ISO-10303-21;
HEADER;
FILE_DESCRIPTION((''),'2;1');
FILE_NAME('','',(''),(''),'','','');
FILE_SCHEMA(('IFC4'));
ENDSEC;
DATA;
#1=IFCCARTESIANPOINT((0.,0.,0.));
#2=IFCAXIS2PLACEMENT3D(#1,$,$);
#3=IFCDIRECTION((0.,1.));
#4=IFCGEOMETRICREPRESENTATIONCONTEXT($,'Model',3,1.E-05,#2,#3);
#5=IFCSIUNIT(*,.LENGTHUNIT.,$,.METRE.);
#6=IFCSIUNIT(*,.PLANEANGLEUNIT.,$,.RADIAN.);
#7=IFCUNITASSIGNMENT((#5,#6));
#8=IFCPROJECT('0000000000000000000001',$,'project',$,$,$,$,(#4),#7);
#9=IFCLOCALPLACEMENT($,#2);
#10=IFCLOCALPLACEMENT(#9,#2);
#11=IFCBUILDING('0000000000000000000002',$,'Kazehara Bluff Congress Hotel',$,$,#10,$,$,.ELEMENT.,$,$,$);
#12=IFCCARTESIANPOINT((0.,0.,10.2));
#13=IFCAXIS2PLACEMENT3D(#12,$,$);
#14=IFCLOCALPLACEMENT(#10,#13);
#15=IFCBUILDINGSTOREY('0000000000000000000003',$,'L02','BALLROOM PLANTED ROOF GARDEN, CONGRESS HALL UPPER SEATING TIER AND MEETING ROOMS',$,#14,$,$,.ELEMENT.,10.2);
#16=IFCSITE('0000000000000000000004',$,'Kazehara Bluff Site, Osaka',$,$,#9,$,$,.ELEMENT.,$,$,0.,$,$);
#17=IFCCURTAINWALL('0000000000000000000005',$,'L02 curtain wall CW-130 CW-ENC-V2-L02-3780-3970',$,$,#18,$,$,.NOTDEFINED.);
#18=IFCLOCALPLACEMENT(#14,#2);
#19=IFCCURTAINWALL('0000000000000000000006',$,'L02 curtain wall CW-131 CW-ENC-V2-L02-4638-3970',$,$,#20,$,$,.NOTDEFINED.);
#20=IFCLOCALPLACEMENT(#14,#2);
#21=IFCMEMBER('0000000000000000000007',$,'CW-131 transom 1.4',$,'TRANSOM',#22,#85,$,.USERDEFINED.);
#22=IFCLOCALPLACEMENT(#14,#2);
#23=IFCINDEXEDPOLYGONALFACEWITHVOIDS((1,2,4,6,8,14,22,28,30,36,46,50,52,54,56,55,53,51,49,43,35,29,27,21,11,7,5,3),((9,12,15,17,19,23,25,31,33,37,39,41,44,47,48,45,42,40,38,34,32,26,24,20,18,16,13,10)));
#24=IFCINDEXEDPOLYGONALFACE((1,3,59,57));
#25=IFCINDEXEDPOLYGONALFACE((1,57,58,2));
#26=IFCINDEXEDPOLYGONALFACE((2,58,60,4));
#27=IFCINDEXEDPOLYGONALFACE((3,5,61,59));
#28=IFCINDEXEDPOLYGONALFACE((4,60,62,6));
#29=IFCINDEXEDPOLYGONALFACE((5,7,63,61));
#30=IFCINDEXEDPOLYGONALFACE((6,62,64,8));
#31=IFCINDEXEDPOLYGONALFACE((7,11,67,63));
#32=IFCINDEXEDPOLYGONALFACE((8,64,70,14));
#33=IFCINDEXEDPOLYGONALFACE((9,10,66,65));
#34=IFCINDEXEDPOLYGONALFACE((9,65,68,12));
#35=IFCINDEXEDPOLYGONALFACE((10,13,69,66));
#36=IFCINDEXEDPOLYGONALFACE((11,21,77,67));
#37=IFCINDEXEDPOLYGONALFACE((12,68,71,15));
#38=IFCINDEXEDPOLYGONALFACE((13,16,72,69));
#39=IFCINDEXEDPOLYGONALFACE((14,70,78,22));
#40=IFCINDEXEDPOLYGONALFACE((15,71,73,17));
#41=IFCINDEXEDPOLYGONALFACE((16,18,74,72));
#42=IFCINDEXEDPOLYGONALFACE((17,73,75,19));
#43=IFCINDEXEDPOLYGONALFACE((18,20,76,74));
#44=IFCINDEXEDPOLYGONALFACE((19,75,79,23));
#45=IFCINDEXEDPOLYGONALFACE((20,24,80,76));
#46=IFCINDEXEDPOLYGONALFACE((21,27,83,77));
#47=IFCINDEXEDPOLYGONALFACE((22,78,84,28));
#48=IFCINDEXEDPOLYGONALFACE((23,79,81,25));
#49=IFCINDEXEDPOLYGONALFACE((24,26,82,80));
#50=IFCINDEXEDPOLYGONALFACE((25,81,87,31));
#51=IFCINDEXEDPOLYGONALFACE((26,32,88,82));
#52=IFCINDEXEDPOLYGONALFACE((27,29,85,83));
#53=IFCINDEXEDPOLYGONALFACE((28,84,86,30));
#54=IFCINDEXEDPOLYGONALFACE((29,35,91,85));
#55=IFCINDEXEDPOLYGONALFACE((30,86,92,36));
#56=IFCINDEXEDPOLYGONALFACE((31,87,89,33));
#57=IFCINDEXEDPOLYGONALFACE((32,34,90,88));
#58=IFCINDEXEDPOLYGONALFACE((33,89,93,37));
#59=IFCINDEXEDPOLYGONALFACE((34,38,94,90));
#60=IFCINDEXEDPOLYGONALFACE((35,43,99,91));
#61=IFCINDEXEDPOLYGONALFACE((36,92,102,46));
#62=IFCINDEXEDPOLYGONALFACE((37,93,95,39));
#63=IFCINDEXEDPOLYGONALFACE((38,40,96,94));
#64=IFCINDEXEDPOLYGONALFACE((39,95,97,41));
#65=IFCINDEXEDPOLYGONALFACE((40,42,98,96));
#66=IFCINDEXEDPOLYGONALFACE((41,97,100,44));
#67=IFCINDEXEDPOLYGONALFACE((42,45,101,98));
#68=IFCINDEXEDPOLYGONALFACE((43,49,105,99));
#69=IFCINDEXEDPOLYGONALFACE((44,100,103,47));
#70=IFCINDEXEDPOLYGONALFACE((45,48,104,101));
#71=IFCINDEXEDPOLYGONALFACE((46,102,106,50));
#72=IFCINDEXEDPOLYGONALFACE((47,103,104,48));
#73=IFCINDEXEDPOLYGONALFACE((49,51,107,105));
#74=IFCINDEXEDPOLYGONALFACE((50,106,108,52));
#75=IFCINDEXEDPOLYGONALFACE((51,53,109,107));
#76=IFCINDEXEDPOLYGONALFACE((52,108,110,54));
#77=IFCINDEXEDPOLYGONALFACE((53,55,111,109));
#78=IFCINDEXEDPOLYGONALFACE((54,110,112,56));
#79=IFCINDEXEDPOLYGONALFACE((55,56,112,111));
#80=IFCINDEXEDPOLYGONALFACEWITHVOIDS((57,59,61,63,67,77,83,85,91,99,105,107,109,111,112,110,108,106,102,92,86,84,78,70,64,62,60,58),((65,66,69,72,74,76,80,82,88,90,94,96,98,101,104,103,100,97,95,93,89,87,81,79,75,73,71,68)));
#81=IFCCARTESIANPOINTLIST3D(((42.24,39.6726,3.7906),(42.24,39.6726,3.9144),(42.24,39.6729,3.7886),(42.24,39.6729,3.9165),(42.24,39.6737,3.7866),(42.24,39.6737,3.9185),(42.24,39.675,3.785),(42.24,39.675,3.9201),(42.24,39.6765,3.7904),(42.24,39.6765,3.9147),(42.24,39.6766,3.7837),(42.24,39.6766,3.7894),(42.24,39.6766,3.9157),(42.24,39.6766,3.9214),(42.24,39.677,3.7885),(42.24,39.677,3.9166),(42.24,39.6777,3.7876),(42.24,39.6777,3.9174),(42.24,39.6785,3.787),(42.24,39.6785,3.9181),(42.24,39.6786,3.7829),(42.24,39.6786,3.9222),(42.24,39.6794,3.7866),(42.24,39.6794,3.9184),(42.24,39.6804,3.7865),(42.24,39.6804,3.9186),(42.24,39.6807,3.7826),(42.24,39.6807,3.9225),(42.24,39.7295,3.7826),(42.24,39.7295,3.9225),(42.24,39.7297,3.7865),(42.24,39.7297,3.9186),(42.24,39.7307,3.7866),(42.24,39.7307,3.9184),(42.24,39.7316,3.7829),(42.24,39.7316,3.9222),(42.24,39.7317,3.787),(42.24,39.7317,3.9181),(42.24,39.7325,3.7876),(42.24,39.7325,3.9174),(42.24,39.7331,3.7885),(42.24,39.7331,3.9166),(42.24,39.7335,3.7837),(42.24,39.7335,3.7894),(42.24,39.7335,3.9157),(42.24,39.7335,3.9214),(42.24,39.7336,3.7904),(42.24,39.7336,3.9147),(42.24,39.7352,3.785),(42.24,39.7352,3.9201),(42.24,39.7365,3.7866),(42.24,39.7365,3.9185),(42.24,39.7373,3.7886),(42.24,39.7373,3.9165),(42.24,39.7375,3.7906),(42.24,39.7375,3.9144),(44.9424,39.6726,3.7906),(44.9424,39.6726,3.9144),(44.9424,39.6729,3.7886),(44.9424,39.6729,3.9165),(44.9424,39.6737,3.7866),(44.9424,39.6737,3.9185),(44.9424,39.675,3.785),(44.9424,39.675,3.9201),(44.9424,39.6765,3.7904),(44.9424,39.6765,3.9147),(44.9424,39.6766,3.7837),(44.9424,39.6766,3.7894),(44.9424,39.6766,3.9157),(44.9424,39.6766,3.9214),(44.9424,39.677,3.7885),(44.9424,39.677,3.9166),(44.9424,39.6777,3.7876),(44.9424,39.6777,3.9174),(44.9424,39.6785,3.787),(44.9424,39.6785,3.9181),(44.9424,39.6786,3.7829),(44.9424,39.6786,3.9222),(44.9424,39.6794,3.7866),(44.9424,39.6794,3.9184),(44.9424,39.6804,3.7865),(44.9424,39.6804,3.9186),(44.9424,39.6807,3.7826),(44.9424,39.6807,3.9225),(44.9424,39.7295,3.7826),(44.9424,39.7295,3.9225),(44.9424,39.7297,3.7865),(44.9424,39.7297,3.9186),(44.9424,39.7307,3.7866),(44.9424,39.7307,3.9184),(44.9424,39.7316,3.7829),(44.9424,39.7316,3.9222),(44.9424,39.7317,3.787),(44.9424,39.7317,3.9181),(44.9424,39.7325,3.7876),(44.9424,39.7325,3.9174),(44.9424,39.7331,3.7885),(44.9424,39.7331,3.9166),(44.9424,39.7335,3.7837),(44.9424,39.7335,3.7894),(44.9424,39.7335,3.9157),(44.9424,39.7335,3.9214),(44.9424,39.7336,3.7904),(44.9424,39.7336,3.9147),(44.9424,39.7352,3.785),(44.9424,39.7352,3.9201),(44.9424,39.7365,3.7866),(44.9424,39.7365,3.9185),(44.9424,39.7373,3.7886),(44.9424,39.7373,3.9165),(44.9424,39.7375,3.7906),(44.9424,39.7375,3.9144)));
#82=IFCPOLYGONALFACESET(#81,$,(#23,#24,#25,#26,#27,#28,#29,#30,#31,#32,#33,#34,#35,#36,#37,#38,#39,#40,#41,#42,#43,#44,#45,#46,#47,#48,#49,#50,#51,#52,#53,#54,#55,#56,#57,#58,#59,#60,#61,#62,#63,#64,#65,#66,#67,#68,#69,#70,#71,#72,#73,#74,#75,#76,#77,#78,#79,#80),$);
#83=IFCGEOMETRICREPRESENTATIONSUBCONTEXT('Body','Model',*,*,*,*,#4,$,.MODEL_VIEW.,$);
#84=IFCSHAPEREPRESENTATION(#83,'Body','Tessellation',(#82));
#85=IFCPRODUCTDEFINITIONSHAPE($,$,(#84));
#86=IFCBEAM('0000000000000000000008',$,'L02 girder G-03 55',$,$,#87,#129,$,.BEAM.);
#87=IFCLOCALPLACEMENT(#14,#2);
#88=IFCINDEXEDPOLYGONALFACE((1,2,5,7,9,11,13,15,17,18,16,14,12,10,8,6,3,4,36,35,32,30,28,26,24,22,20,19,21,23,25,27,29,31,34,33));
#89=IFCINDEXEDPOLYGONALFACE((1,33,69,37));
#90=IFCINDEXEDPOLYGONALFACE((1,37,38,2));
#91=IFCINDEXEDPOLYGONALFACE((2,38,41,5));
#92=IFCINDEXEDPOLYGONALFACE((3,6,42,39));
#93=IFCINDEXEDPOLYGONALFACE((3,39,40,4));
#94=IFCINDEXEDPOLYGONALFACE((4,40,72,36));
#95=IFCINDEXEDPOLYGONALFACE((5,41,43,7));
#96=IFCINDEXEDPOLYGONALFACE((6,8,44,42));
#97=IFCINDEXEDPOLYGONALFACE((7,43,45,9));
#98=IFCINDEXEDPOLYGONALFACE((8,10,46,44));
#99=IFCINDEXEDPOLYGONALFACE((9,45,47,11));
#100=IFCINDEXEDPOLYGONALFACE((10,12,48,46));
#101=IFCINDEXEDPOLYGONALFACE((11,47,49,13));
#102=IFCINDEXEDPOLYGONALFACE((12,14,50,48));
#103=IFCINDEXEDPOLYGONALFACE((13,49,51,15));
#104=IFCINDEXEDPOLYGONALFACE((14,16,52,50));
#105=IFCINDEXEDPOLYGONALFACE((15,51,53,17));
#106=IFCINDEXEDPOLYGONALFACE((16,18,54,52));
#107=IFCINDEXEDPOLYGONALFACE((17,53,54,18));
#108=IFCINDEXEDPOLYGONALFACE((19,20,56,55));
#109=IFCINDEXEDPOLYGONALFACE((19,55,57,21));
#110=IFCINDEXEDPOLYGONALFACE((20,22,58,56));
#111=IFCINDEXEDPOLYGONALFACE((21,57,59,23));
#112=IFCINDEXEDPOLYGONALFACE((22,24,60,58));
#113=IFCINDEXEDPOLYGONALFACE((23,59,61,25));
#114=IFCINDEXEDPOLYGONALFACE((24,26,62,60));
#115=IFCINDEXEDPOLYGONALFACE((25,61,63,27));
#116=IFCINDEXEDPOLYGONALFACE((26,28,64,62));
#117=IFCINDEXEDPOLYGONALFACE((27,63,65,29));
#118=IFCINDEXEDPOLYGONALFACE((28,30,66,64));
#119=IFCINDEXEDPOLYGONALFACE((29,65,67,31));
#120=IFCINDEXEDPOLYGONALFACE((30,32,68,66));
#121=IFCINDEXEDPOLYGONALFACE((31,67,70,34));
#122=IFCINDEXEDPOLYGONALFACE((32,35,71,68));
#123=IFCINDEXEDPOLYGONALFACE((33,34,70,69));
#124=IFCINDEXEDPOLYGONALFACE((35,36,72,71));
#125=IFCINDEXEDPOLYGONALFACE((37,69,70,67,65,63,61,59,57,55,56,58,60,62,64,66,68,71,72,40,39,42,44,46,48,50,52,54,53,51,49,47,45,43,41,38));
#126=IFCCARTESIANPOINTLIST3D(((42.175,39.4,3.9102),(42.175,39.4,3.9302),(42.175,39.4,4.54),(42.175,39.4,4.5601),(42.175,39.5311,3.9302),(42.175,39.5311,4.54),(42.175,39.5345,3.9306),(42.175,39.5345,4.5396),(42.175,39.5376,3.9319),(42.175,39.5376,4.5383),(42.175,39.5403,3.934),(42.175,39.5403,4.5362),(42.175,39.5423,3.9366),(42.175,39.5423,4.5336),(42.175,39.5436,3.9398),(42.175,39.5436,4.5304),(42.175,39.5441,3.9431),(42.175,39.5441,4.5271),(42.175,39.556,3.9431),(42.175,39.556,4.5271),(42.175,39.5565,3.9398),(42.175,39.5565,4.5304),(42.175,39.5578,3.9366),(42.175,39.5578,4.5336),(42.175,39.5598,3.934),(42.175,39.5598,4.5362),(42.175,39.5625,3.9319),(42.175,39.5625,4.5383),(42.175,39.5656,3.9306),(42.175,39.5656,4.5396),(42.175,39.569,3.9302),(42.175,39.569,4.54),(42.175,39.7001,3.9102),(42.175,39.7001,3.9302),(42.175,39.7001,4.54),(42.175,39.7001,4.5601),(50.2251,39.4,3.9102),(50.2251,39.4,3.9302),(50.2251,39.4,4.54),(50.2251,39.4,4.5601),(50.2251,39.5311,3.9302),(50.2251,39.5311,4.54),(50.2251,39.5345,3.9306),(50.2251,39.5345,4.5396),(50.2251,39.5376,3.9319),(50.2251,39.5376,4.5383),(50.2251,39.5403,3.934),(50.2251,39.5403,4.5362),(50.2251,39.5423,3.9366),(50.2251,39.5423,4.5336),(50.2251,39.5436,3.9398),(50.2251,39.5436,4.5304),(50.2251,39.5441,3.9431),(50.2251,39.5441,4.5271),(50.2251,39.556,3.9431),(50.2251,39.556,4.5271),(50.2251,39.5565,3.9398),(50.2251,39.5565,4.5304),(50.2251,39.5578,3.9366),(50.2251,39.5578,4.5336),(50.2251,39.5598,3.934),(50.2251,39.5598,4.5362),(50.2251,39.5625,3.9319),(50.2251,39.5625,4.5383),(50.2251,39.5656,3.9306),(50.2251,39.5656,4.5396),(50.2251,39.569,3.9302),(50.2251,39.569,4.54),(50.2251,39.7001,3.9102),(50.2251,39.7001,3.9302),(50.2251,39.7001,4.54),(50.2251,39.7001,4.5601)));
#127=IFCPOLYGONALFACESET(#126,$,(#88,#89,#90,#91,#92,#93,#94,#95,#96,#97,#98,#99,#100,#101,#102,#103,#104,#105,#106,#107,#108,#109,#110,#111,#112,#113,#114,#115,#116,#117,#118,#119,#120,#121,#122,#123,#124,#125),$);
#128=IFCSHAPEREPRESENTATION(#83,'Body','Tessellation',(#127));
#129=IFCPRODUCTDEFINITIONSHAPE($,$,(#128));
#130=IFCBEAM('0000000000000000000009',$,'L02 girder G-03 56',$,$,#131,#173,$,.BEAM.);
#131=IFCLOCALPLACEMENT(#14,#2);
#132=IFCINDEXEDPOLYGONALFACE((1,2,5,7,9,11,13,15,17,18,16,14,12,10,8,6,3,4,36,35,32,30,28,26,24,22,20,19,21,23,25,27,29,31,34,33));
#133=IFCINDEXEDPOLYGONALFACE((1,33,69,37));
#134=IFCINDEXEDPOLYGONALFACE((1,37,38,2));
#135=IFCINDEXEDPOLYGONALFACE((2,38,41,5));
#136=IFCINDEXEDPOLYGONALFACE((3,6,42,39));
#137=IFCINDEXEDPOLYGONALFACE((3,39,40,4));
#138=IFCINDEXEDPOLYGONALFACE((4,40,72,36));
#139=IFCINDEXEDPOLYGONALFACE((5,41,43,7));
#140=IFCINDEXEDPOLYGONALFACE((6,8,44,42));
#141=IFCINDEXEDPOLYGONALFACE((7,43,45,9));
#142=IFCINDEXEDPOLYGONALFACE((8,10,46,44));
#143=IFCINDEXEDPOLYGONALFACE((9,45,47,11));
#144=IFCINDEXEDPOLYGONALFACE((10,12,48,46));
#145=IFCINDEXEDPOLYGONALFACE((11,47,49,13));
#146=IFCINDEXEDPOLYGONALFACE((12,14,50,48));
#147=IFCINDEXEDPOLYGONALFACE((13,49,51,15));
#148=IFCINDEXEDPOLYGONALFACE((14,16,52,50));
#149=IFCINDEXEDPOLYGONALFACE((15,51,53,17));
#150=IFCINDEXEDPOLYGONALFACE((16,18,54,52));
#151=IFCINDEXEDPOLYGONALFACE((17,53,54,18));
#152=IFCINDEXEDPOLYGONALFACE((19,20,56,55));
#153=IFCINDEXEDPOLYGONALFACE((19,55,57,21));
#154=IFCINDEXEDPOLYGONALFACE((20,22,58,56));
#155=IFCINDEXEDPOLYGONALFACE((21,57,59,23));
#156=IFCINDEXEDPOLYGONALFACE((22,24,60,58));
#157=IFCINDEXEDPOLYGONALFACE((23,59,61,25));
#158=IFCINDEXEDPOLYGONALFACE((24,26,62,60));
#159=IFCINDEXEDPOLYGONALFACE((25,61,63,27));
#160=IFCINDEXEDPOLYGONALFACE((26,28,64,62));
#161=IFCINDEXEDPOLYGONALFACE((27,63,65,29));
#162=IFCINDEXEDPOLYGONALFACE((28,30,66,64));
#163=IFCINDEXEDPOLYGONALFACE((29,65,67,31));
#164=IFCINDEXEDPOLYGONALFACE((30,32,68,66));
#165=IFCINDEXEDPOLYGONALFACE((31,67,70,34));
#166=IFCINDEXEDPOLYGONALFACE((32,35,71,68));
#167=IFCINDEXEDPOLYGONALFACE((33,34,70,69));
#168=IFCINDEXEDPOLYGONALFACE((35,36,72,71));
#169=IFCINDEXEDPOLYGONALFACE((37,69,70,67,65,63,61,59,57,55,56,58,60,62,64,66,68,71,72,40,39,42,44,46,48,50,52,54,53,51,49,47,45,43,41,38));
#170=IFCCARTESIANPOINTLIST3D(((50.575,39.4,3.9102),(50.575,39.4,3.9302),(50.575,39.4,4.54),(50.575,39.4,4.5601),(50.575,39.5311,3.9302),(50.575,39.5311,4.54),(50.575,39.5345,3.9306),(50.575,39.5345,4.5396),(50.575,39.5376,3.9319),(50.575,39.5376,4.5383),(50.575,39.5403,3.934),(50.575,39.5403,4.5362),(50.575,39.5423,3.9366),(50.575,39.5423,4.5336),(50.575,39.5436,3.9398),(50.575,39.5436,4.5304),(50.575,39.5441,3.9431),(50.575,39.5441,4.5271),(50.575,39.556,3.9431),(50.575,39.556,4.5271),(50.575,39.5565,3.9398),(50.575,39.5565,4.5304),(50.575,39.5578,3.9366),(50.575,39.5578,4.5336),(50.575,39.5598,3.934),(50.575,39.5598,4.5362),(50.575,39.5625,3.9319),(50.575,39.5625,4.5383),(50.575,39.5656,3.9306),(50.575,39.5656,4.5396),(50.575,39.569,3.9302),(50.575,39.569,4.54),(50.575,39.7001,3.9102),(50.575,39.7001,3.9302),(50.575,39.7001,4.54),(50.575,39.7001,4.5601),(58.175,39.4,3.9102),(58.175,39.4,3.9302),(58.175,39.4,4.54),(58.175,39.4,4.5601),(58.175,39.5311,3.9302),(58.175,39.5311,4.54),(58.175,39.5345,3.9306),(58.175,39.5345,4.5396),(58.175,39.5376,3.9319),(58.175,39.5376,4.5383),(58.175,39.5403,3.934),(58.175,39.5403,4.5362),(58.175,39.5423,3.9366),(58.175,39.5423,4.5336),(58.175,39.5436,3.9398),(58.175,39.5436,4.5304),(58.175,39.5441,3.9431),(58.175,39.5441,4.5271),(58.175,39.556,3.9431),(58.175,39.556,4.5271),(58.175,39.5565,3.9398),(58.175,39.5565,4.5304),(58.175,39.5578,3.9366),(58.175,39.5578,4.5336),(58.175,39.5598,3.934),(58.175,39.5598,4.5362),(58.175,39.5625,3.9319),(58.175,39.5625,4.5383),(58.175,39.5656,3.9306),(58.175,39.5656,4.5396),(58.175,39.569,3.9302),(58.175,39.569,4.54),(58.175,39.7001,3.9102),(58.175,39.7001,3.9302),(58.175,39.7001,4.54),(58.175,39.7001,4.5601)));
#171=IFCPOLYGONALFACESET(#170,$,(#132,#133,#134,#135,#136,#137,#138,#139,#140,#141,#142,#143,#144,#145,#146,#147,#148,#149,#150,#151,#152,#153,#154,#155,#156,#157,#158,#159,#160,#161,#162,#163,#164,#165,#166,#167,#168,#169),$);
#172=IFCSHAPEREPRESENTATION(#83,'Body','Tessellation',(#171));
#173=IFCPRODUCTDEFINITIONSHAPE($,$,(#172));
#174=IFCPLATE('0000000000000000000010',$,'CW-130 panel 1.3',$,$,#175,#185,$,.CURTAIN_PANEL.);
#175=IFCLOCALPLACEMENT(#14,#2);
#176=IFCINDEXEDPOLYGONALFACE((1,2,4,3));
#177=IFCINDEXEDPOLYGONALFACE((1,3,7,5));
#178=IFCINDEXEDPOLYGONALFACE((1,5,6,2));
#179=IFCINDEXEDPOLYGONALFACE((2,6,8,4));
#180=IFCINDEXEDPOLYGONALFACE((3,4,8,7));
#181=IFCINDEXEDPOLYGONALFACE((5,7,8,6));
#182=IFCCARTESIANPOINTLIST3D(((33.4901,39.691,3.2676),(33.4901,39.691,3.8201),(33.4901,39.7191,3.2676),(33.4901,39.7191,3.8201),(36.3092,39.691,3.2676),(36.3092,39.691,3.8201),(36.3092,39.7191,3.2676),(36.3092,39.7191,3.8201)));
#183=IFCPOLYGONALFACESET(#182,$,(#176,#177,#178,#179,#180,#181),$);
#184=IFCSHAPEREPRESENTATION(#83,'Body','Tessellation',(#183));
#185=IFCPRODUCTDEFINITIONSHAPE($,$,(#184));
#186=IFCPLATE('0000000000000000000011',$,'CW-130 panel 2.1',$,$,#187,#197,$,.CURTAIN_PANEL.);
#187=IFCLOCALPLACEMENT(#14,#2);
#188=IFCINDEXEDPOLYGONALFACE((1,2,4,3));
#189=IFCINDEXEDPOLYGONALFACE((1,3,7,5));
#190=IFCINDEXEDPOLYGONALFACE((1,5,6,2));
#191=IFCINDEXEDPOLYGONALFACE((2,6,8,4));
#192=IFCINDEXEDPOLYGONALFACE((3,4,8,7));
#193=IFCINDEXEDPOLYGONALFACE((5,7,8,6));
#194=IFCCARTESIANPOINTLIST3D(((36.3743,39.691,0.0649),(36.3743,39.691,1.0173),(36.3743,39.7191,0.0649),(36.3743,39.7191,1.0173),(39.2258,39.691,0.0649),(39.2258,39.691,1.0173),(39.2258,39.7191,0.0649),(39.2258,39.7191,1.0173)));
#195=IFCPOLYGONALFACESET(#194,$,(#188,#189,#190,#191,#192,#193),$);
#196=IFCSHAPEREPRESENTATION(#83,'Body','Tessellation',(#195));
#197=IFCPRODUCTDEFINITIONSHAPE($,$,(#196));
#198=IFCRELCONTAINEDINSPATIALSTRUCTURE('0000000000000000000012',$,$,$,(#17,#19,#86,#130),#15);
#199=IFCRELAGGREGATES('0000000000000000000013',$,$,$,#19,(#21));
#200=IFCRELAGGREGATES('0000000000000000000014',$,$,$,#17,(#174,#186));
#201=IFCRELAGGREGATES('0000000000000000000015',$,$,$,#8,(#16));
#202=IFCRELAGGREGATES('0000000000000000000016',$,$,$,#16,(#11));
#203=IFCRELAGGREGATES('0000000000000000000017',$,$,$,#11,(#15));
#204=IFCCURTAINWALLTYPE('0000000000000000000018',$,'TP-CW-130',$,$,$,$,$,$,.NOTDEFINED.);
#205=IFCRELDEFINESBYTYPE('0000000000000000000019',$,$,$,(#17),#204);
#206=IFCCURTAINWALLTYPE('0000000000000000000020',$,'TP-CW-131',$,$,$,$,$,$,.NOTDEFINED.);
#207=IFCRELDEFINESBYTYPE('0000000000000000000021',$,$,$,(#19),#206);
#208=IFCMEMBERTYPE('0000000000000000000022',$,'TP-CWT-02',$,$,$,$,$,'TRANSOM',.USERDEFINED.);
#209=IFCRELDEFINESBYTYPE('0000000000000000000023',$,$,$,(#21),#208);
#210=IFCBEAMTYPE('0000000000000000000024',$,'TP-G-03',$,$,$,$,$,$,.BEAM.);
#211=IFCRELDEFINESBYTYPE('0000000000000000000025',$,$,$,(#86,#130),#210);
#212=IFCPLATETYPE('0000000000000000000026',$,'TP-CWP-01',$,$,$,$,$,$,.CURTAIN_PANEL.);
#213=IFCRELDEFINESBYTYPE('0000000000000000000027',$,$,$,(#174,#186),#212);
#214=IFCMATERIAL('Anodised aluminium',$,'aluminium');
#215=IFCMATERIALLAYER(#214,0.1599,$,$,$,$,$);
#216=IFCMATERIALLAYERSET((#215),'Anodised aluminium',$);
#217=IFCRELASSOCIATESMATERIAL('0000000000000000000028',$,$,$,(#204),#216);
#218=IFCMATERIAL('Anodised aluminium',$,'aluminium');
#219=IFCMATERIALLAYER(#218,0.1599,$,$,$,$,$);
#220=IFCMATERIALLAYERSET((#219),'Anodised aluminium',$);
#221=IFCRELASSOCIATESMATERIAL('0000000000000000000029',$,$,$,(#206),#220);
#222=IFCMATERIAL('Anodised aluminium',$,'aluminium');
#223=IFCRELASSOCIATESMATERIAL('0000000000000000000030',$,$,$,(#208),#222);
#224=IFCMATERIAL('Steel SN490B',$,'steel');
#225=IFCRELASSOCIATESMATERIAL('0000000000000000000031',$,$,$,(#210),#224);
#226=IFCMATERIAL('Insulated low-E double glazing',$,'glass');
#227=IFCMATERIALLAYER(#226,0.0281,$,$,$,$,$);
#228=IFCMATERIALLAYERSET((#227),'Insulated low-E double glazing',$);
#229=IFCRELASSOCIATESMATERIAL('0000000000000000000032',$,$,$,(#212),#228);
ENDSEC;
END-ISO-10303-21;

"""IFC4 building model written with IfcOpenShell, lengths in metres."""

from ifc_helpers import new_model, si_unit, direction, frame, origin, origin_2d, place, context, subcontext, project, spatial, rectangle, hollow_rectangle, i_section, extrude, material, layer, layer_set, material_profile, profile_set, type_object, element, aggregate, save


model = new_model("IFC4")

# Units and contexts
model_context = context("Model", 3, precision=1e-05, world=origin(), true_north=direction((0.0, 1.0)))
body_context = subcontext(model_context, "Body", "Model", "MODEL_VIEW")
ifc_project = project(units=[si_unit("LENGTHUNIT", "METRE"), si_unit("PLANEANGLEUNIT", "RADIAN")], contexts=[model_context])

# Site, building, storey
site_placement = place(None, origin())
site = spatial("IfcSite", under=ifc_project, at=site_placement, Name="Kazehara Bluff Site, Osaka", CompositionType="ELEMENT", RefElevation=0.0)
building_placement = place(site_placement, origin())
building = spatial("IfcBuilding", under=site, at=building_placement, Name="Kazehara Bluff Congress Hotel", CompositionType="ELEMENT")
storey_placement = place(building_placement, frame((0.0, 0.0, 10.2)))
storey = spatial("IfcBuildingStorey", under=building, at=storey_placement, Name="L02", Description="BALLROOM PLANTED ROOF GARDEN, CONGRESS HALL UPPER SEATING TIER AND MEETING ROOMS", CompositionType="ELEMENT", Elevation=10.2)

# Curtain wall
ifc_material_1 = material(Name="Anodised aluminium", Category="aluminium")
ifc_layer_1 = layer(ifc_material_1, 0.1599)
ifc_layer_set_1 = layer_set([ifc_layer_1], Name="Anodised aluminium")
curtain_wall_type_1 = type_object("IfcCurtainWallType", Name="TP-CW-130", PredefinedType="NOTDEFINED", material=ifc_layer_set_1)
curtain_wall_1_placement = place(storey_placement, origin())
curtain_wall_1 = element("IfcCurtainWall", 1, at=curtain_wall_1_placement, inside=storey, type_object=curtain_wall_type_1, Name="L02 curtain wall CW-130 CW-ENC-V2-L02-3780-3970", PredefinedType="NOTDEFINED")

# Curtain wall
ifc_material_2 = material(Name="Anodised aluminium", Category="aluminium")
ifc_layer_2 = layer(ifc_material_2, 0.1599)
ifc_layer_set_2 = layer_set([ifc_layer_2], Name="Anodised aluminium")
curtain_wall_type_2 = type_object("IfcCurtainWallType", Name="TP-CW-131", PredefinedType="NOTDEFINED", material=ifc_layer_set_2)
curtain_wall_2_placement = place(storey_placement, origin())
curtain_wall_2 = element("IfcCurtainWall", 2, at=curtain_wall_2_placement, inside=storey, type_object=curtain_wall_type_2, Name="L02 curtain wall CW-131 CW-ENC-V2-L02-4638-3970", PredefinedType="NOTDEFINED")

# Member
ifc_material_3 = material(Name="Anodised aluminium", Category="aluminium")
ifc_material_profile_1 = material_profile(ifc_material_3, hollow_rectangle(XDim=0.0649, YDim=0.1399, WallThickness=0.0039, InnerFilletRadius=0.0039, OuterFilletRadius=0.0081, at=origin_2d()))
ifc_profile_set_1 = profile_set([ifc_material_profile_1], Name="Anodised aluminium")
member_type_1 = type_object("IfcMemberType", Name="TP-CWT-02", ElementType="TRANSOM", PredefinedType="USERDEFINED", material=ifc_profile_set_1)
member_1_placement = place(storey_placement, frame((42.24, 39.7051, 3.8525), z_axis=(1.0, 0.0, 0.0), x_axis=(0.0, 1.0, 0.0)))
member_1 = element("IfcMember", 3, at=member_1_placement, type_object=member_type_1, Name="CW-131 transom 1.4", ObjectType="TRANSOM", PredefinedType="USERDEFINED", context=body_context, shape_type="SweptSolid", body=[
    extrude(hollow_rectangle(XDim=0.0649, YDim=0.1399, WallThickness=0.0039, InnerFilletRadius=0.0039, OuterFilletRadius=0.0081, at=origin_2d()), origin(), (0.0, 0.0, 1.0), 2.7024),
])
aggregate(curtain_wall_2, [member_1])

# Beams
ifc_material_4 = material(Name="Steel SN490B", Category="steel")
ifc_material_profile_2 = material_profile(ifc_material_4, i_section(OverallWidth=0.3, OverallDepth=0.6499, WebThickness=0.012, FlangeThickness=0.02, FilletRadius=0.0129, at=origin_2d()))
ifc_profile_set_2 = profile_set([ifc_material_profile_2], Name="Steel SN490B")
beam_type = type_object("IfcBeamType", Name="TP-G-03", PredefinedType="BEAM", material=ifc_profile_set_2)
beam_1_placement = place(storey_placement, frame((42.175, 39.55, 4.2351), z_axis=(1.0, 0.0, 0.0), x_axis=(0.0, 1.0, 0.0)))
element("IfcBeam", 4, at=beam_1_placement, inside=storey, type_object=beam_type, Name="L02 girder G-03 55", PredefinedType="BEAM", context=body_context, shape_type="SweptSolid", body=[
    extrude(i_section(OverallWidth=0.3, OverallDepth=0.6499, WebThickness=0.012, FlangeThickness=0.02, FilletRadius=0.0129, at=origin_2d()), origin(), (0.0, 0.0, 1.0), 8.05),
])
beam_2_placement = place(storey_placement, frame((50.575, 39.55, 4.2351), z_axis=(1.0, 0.0, 0.0), x_axis=(0.0, 1.0, 0.0)))
element("IfcBeam", 5, at=beam_2_placement, inside=storey, type_object=beam_type, Name="L02 girder G-03 56", PredefinedType="BEAM", context=body_context, shape_type="SweptSolid", body=[
    extrude(i_section(OverallWidth=0.3, OverallDepth=0.6499, WebThickness=0.012, FlangeThickness=0.02, FilletRadius=0.0129, at=origin_2d()), origin(), (0.0, 0.0, 1.0), 7.6001),
])

# Plates
ifc_material_5 = material(Name="Insulated low-E double glazing", Category="glass")
ifc_layer_3 = layer(ifc_material_5, 0.0281)
ifc_layer_set_3 = layer_set([ifc_layer_3], Name="Insulated low-E double glazing")
plate_type = type_object("IfcPlateType", Name="TP-CWP-01", PredefinedType="CURTAIN_PANEL", material=ifc_layer_set_3)
plate_1_placement = place(storey_placement, frame((34.8997, 39.7051, 3.2676), z_axis=(0.0, 0.0, 1.0), x_axis=(1.0, 0.0, 0.0)))
plate_1 = element("IfcPlate", 6, at=plate_1_placement, type_object=plate_type, Name="CW-130 panel 1.3", PredefinedType="CURTAIN_PANEL", context=body_context, shape_type="SweptSolid", body=[
    extrude(rectangle(XDim=2.8191, YDim=0.0281, at=origin_2d()), origin(), (0.0, 0.0, 1.0), 0.5525),
])
plate_2_placement = place(storey_placement, frame((37.8, 39.7051, 0.0649), z_axis=(0.0, 0.0, 1.0), x_axis=(1.0, 0.0, 0.0)))
plate_2 = element("IfcPlate", 7, at=plate_2_placement, type_object=plate_type, Name="CW-130 panel 2.1", PredefinedType="CURTAIN_PANEL", context=body_context, shape_type="SweptSolid", body=[
    extrude(rectangle(XDim=2.8516, YDim=0.0281, at=origin_2d()), origin(), (0.0, 0.0, 1.0), 0.9524),
])
aggregate(curtain_wall_1, [plate_1, plate_2])

save(model, "model.ifc")
